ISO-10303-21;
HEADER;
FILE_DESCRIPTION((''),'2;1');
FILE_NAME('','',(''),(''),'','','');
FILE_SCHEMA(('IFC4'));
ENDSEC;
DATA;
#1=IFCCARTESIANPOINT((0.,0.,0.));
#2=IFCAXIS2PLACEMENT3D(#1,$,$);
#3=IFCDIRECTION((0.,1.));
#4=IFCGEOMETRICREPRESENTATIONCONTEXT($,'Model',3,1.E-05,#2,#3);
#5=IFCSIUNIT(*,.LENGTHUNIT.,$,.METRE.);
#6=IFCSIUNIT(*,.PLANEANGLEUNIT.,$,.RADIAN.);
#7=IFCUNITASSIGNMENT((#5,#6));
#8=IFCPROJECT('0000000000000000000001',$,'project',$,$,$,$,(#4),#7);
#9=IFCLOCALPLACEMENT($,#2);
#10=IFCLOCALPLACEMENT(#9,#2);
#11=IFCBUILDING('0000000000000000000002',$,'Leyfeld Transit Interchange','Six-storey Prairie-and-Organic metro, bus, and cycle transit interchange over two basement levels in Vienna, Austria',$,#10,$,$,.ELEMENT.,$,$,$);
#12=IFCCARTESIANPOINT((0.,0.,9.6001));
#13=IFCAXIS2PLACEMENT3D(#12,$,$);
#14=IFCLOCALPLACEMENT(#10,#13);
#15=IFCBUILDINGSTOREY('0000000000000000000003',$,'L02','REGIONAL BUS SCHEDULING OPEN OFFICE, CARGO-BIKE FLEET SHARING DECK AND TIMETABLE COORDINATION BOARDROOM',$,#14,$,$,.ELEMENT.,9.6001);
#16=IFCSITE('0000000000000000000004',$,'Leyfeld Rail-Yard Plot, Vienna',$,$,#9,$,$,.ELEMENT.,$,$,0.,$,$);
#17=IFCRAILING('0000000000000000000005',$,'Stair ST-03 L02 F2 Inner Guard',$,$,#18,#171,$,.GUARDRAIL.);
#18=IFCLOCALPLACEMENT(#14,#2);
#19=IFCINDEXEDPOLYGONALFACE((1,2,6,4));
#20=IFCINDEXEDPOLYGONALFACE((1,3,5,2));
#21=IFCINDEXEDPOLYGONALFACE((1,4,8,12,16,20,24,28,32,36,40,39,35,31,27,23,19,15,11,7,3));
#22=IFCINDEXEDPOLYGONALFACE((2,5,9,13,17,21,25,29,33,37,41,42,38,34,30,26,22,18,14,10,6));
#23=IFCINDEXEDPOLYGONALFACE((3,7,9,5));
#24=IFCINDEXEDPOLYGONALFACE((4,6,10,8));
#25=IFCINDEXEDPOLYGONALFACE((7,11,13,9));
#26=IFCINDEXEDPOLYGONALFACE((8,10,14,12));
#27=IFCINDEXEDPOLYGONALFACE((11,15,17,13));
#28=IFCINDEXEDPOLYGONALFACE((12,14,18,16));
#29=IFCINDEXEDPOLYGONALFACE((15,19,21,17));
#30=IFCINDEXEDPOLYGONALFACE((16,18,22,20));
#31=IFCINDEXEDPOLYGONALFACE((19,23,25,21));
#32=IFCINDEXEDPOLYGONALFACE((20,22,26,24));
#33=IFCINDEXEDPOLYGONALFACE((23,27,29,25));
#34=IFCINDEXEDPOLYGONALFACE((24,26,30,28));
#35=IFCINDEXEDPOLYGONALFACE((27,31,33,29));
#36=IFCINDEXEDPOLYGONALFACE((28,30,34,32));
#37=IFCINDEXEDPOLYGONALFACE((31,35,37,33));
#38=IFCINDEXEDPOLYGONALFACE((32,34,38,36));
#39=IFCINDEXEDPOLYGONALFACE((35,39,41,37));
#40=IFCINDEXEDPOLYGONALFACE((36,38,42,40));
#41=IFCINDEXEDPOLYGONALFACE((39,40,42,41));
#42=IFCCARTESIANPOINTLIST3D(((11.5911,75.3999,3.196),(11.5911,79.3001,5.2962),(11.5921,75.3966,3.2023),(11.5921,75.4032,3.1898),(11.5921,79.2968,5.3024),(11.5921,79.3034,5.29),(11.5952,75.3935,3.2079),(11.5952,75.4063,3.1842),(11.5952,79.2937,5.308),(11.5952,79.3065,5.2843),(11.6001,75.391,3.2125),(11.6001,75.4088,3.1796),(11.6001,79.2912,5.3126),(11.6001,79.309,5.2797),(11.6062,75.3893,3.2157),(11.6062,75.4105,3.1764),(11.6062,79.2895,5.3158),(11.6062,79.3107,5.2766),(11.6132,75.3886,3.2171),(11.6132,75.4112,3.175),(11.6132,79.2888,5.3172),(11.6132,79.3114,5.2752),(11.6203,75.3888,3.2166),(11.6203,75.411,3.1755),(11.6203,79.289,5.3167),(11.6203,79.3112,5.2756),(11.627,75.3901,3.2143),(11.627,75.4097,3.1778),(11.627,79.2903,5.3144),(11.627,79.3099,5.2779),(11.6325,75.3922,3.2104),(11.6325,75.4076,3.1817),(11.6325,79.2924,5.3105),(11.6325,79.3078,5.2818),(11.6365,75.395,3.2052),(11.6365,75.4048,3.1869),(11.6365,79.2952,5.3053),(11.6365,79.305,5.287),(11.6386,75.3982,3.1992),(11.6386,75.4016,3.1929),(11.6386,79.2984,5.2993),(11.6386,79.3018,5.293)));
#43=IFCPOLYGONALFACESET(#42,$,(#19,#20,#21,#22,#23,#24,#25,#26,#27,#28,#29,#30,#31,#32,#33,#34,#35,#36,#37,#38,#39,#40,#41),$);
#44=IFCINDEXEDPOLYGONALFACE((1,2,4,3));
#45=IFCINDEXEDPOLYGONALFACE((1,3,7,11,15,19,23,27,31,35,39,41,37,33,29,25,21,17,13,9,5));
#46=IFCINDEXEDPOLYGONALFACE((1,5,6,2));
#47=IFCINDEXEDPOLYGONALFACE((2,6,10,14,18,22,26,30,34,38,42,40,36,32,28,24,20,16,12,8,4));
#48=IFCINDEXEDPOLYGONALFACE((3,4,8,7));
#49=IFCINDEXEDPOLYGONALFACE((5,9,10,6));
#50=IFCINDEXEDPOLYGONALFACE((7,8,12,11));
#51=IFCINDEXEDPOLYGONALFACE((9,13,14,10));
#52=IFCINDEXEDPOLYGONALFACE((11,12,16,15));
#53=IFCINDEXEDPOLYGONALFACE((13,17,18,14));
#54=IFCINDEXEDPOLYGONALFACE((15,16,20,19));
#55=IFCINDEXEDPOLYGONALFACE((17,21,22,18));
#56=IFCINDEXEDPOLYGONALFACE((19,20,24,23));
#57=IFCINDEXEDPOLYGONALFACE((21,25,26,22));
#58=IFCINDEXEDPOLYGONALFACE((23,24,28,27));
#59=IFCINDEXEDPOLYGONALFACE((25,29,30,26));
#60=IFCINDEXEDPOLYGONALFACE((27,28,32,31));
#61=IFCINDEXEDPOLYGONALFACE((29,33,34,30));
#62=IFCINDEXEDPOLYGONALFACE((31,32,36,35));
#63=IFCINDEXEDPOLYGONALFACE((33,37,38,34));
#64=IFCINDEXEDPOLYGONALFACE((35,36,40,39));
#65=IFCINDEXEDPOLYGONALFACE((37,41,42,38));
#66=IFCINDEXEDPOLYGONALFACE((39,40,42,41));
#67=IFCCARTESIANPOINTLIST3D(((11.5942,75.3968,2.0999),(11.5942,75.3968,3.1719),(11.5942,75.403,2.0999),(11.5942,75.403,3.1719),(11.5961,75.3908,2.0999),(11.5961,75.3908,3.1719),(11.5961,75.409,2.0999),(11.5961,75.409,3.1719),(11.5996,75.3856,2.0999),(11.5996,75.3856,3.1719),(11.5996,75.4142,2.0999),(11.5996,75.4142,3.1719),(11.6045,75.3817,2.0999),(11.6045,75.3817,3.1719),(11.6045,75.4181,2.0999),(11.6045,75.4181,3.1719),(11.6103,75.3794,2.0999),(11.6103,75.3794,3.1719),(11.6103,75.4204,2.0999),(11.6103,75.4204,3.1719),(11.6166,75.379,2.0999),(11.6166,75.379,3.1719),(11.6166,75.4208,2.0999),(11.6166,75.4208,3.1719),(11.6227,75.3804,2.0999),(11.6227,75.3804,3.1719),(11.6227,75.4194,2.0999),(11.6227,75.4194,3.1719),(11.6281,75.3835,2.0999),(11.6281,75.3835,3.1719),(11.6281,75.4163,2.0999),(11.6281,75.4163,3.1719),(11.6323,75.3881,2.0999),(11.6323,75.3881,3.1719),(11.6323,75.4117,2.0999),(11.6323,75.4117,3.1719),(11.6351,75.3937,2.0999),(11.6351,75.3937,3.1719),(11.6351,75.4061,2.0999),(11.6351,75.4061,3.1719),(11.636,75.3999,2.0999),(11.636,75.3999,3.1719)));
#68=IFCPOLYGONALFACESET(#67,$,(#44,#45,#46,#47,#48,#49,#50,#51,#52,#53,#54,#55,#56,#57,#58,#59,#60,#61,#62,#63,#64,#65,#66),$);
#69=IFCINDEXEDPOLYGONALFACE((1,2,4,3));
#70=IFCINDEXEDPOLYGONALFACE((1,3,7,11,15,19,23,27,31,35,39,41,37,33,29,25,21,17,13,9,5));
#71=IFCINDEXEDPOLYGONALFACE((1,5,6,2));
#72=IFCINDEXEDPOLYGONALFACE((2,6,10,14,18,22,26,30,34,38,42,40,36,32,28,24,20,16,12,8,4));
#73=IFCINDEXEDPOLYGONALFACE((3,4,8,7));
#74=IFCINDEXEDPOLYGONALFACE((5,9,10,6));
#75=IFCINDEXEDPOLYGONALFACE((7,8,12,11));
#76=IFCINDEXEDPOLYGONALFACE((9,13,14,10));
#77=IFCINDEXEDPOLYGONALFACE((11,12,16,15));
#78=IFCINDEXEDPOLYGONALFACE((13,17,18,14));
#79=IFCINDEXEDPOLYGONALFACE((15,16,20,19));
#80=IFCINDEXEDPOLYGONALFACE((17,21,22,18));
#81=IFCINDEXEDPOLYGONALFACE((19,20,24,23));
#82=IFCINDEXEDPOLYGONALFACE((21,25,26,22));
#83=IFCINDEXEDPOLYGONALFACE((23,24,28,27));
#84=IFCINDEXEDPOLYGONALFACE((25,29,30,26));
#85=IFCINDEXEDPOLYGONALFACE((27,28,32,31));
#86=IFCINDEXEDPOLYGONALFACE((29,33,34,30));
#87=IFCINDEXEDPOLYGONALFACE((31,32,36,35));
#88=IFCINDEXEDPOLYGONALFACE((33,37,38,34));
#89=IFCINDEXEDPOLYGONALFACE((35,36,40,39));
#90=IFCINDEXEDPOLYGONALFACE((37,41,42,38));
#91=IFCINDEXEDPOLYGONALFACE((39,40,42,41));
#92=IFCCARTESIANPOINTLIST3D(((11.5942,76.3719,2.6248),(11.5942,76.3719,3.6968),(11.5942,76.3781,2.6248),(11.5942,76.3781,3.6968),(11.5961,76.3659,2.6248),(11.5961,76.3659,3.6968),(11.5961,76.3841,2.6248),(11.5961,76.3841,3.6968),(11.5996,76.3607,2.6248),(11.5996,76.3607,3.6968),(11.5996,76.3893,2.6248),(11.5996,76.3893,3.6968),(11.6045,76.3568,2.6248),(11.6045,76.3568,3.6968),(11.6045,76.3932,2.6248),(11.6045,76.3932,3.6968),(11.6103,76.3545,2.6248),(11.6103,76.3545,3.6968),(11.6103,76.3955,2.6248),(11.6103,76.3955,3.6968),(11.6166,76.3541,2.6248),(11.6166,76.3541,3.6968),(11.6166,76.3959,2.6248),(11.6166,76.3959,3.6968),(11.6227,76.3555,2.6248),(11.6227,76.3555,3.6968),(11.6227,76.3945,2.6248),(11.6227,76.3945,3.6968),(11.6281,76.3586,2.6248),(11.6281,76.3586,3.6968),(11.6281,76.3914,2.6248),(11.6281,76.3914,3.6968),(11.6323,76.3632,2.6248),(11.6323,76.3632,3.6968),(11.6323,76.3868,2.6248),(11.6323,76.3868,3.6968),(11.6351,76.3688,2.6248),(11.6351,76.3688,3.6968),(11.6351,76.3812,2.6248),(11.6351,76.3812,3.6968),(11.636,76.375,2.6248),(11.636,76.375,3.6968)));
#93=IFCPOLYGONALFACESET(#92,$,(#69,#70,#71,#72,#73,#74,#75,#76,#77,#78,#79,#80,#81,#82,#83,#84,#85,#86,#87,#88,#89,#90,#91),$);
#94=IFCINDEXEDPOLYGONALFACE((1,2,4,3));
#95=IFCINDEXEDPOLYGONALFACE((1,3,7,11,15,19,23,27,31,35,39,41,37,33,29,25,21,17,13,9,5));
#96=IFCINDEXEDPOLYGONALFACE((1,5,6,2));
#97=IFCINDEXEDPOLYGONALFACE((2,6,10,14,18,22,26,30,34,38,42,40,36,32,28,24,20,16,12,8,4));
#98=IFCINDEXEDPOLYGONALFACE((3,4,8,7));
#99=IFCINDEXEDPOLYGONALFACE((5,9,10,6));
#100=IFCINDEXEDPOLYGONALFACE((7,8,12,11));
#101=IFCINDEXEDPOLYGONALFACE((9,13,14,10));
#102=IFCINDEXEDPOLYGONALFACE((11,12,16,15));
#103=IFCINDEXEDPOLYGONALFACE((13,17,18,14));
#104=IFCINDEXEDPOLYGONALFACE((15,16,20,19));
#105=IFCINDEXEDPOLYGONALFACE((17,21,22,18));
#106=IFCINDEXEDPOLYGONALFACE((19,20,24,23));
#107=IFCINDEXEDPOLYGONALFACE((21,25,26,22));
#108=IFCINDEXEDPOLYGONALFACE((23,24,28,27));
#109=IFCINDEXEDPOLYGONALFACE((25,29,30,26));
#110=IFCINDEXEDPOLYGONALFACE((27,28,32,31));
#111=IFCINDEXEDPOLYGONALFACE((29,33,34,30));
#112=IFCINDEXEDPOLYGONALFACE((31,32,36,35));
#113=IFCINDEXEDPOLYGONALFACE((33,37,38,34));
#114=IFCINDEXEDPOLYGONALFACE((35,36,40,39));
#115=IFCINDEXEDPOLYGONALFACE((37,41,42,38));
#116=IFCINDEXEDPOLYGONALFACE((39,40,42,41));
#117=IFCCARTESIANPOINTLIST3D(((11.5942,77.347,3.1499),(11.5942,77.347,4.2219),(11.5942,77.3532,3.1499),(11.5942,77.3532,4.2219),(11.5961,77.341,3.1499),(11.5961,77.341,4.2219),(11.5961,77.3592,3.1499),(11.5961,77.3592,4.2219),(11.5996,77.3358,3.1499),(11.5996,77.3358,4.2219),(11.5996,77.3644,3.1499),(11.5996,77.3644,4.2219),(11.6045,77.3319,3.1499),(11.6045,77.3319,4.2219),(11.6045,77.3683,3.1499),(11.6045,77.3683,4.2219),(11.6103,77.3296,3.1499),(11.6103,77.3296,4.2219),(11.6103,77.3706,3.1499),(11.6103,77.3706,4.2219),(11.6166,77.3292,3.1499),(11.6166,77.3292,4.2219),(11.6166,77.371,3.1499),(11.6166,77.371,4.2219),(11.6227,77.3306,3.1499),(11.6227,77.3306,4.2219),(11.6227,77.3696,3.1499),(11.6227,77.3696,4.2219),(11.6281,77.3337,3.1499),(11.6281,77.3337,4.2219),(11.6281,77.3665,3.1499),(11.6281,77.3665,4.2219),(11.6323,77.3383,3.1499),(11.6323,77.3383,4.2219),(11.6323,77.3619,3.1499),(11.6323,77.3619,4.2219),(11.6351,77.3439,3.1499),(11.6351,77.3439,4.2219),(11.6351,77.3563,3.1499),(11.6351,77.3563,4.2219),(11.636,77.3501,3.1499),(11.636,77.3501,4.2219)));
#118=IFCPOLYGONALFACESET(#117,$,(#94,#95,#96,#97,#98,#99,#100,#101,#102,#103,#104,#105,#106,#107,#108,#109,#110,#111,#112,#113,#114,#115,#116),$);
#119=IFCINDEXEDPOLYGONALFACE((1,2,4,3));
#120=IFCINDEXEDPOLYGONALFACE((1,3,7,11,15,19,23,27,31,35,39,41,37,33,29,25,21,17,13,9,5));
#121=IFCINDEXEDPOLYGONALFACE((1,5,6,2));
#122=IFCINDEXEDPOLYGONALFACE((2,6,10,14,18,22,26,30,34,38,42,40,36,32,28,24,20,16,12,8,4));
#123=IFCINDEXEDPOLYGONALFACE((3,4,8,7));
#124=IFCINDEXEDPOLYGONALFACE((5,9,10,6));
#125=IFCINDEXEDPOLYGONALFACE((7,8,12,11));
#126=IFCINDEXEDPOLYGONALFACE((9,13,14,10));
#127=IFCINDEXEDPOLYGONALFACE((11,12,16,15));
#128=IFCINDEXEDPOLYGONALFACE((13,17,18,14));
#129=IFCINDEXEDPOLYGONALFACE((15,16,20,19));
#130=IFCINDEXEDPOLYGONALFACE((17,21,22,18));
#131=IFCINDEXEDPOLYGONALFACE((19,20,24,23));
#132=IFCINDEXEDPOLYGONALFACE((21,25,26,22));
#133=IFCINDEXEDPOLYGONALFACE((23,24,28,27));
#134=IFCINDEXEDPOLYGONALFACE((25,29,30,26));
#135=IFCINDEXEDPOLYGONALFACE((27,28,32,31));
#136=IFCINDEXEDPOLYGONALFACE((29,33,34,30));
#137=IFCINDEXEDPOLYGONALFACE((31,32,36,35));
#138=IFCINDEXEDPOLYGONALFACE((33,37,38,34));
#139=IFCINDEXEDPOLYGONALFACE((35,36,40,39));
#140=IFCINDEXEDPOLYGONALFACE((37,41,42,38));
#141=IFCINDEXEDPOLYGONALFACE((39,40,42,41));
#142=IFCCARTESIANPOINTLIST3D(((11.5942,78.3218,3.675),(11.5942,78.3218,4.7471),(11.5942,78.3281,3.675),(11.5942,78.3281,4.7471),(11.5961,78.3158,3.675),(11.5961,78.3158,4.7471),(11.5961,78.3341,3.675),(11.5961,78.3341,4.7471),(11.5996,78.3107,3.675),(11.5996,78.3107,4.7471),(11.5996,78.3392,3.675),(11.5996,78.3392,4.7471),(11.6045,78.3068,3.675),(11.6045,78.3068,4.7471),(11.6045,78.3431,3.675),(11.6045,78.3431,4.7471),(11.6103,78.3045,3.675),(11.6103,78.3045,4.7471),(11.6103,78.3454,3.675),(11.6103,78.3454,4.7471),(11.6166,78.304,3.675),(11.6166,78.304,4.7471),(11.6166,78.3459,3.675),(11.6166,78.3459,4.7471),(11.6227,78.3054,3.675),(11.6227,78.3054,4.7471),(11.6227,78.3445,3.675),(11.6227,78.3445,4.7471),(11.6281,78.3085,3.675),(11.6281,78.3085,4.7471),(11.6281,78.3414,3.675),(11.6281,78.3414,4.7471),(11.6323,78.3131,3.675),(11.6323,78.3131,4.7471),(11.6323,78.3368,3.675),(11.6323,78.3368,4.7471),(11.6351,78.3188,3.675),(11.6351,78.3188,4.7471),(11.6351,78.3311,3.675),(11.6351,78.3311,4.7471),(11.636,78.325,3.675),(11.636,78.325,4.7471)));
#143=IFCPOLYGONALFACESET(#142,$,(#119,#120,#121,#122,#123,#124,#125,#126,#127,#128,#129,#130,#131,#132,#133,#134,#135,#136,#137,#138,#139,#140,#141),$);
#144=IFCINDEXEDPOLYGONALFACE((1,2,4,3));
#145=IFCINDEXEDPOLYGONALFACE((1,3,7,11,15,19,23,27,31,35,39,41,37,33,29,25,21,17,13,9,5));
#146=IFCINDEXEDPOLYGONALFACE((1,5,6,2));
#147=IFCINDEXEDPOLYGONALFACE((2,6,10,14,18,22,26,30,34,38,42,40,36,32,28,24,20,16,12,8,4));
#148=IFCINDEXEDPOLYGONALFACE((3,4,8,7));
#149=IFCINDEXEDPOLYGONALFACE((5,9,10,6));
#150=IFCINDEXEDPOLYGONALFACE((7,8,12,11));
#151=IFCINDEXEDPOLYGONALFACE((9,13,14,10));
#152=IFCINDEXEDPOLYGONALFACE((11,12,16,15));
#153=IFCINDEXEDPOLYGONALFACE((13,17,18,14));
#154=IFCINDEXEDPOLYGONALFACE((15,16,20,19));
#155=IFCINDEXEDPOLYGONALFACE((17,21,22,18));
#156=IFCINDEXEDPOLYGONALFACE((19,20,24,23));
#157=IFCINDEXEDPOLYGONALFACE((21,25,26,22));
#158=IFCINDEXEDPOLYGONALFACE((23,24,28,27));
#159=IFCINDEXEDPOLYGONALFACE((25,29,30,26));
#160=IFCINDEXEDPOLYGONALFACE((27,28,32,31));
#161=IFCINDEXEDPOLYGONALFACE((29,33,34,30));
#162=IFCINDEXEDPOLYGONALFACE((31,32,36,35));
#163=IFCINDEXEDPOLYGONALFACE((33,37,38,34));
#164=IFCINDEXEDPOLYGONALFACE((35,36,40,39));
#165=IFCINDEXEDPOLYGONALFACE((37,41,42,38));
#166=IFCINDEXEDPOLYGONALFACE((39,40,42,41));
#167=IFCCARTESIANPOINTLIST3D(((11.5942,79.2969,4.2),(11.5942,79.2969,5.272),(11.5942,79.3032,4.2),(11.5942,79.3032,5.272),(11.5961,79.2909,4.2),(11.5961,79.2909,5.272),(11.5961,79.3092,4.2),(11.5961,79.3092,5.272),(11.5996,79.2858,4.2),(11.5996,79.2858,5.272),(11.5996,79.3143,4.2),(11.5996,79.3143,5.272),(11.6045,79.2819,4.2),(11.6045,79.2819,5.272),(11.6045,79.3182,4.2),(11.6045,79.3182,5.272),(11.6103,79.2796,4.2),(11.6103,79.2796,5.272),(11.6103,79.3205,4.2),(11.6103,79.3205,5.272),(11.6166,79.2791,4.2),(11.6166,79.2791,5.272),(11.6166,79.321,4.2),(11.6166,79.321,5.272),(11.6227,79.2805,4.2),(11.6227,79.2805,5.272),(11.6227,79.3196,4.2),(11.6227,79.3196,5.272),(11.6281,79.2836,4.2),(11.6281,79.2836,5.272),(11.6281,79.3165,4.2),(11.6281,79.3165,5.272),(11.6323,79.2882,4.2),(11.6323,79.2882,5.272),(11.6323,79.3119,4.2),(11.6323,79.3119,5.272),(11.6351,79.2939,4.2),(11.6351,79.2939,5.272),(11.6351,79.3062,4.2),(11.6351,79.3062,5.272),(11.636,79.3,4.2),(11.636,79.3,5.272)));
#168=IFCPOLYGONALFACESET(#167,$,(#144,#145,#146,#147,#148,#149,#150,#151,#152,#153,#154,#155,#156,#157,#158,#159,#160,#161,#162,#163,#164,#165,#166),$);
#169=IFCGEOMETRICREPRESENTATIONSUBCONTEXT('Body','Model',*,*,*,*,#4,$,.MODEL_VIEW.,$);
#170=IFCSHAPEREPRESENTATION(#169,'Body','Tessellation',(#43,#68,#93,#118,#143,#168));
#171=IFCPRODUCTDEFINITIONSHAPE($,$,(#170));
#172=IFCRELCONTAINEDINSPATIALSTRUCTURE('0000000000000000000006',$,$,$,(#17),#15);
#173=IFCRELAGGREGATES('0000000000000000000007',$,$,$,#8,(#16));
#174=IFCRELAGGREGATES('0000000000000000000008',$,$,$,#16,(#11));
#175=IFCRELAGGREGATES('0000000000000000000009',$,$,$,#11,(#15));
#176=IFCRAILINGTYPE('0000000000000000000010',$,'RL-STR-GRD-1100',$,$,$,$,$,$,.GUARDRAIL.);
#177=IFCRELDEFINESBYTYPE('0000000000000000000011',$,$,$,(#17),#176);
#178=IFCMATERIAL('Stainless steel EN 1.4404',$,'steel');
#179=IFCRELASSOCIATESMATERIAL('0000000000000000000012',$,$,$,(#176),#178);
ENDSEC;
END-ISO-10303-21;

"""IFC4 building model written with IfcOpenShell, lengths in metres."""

from ifc_helpers import new_model, si_unit, direction, frame, origin, origin_2d, place, context, subcontext, project, spatial, circle, extrude, material, type_object, element, save


model = new_model("IFC4")

# Units and contexts
model_context = context("Model", 3, precision=1e-05, world=origin(), true_north=direction((0.0, 1.0)))
body_context = subcontext(model_context, "Body", "Model", "MODEL_VIEW")
ifc_project = project(units=[si_unit("LENGTHUNIT", "METRE"), si_unit("PLANEANGLEUNIT", "RADIAN")], contexts=[model_context])

# Site, building, storey
site_placement = place(None, origin())
site = spatial("IfcSite", under=ifc_project, at=site_placement, Name="Leyfeld Rail-Yard Plot, Vienna", CompositionType="ELEMENT", RefElevation=0.0)
building_placement = place(site_placement, origin())
building = spatial("IfcBuilding", under=site, at=building_placement, Name="Leyfeld Transit Interchange", Description="Six-storey Prairie-and-Organic metro, bus, and cycle transit interchange over two basement levels in Vienna, Austria", CompositionType="ELEMENT")
storey_placement = place(building_placement, frame((0.0, 0.0, 9.6001)))
storey = spatial("IfcBuildingStorey", under=building, at=storey_placement, Name="L02", Description="REGIONAL BUS SCHEDULING OPEN OFFICE, CARGO-BIKE FLEET SHARING DECK AND TIMETABLE COORDINATION BOARDROOM", CompositionType="ELEMENT", Elevation=9.6001)

# Railing
ifc_material_1 = material(Name="Stainless steel EN 1.4404", Category="steel")
railing_type_1 = type_object("IfcRailingType", Name="RL-STR-GRD-1100", PredefinedType="GUARDRAIL", material=ifc_material_1)
for number, where, name in (
    (1, (11.615, 75.3999, 2.0999), "Stair ST-03 L02 F2 Inner Guard"),
):
    element("IfcRailing", number, at=place(storey_placement, frame(where)), inside=storey, type_object=railing_type_1, Name=name, PredefinedType="GUARDRAIL", context=body_context, shape_type="SweptSolid", body=[
        extrude(circle(Radius=0.0239, at=origin_2d()), frame((0.0, 0.0, 1.0962), z_axis=(0.0, 0.880469, 0.474103), x_axis=(-1.0, 0.0, 0.0)), (0.0, 0.0, 1.0), 4.4297),
        extrude(circle(Radius=0.021, at=origin_2d()), origin(), (0.0, 0.0, 1.0), 1.072),
        extrude(circle(Radius=0.021, at=origin_2d()), frame((0.0, 0.9751, 0.5249)), (0.0, 0.0, 1.0), 1.072),
        extrude(circle(Radius=0.021, at=origin_2d()), frame((0.0, 1.9502, 1.05)), (0.0, 0.0, 1.0), 1.072),
        extrude(circle(Radius=0.021, at=origin_2d()), frame((0.0, 2.925, 1.5752)), (0.0, 0.0, 1.0), 1.072),
        extrude(circle(Radius=0.021, at=origin_2d()), frame((0.0, 3.9001, 2.1001)), (0.0, 0.0, 1.0), 1.072),
    ])

save(model, "model.ifc")
